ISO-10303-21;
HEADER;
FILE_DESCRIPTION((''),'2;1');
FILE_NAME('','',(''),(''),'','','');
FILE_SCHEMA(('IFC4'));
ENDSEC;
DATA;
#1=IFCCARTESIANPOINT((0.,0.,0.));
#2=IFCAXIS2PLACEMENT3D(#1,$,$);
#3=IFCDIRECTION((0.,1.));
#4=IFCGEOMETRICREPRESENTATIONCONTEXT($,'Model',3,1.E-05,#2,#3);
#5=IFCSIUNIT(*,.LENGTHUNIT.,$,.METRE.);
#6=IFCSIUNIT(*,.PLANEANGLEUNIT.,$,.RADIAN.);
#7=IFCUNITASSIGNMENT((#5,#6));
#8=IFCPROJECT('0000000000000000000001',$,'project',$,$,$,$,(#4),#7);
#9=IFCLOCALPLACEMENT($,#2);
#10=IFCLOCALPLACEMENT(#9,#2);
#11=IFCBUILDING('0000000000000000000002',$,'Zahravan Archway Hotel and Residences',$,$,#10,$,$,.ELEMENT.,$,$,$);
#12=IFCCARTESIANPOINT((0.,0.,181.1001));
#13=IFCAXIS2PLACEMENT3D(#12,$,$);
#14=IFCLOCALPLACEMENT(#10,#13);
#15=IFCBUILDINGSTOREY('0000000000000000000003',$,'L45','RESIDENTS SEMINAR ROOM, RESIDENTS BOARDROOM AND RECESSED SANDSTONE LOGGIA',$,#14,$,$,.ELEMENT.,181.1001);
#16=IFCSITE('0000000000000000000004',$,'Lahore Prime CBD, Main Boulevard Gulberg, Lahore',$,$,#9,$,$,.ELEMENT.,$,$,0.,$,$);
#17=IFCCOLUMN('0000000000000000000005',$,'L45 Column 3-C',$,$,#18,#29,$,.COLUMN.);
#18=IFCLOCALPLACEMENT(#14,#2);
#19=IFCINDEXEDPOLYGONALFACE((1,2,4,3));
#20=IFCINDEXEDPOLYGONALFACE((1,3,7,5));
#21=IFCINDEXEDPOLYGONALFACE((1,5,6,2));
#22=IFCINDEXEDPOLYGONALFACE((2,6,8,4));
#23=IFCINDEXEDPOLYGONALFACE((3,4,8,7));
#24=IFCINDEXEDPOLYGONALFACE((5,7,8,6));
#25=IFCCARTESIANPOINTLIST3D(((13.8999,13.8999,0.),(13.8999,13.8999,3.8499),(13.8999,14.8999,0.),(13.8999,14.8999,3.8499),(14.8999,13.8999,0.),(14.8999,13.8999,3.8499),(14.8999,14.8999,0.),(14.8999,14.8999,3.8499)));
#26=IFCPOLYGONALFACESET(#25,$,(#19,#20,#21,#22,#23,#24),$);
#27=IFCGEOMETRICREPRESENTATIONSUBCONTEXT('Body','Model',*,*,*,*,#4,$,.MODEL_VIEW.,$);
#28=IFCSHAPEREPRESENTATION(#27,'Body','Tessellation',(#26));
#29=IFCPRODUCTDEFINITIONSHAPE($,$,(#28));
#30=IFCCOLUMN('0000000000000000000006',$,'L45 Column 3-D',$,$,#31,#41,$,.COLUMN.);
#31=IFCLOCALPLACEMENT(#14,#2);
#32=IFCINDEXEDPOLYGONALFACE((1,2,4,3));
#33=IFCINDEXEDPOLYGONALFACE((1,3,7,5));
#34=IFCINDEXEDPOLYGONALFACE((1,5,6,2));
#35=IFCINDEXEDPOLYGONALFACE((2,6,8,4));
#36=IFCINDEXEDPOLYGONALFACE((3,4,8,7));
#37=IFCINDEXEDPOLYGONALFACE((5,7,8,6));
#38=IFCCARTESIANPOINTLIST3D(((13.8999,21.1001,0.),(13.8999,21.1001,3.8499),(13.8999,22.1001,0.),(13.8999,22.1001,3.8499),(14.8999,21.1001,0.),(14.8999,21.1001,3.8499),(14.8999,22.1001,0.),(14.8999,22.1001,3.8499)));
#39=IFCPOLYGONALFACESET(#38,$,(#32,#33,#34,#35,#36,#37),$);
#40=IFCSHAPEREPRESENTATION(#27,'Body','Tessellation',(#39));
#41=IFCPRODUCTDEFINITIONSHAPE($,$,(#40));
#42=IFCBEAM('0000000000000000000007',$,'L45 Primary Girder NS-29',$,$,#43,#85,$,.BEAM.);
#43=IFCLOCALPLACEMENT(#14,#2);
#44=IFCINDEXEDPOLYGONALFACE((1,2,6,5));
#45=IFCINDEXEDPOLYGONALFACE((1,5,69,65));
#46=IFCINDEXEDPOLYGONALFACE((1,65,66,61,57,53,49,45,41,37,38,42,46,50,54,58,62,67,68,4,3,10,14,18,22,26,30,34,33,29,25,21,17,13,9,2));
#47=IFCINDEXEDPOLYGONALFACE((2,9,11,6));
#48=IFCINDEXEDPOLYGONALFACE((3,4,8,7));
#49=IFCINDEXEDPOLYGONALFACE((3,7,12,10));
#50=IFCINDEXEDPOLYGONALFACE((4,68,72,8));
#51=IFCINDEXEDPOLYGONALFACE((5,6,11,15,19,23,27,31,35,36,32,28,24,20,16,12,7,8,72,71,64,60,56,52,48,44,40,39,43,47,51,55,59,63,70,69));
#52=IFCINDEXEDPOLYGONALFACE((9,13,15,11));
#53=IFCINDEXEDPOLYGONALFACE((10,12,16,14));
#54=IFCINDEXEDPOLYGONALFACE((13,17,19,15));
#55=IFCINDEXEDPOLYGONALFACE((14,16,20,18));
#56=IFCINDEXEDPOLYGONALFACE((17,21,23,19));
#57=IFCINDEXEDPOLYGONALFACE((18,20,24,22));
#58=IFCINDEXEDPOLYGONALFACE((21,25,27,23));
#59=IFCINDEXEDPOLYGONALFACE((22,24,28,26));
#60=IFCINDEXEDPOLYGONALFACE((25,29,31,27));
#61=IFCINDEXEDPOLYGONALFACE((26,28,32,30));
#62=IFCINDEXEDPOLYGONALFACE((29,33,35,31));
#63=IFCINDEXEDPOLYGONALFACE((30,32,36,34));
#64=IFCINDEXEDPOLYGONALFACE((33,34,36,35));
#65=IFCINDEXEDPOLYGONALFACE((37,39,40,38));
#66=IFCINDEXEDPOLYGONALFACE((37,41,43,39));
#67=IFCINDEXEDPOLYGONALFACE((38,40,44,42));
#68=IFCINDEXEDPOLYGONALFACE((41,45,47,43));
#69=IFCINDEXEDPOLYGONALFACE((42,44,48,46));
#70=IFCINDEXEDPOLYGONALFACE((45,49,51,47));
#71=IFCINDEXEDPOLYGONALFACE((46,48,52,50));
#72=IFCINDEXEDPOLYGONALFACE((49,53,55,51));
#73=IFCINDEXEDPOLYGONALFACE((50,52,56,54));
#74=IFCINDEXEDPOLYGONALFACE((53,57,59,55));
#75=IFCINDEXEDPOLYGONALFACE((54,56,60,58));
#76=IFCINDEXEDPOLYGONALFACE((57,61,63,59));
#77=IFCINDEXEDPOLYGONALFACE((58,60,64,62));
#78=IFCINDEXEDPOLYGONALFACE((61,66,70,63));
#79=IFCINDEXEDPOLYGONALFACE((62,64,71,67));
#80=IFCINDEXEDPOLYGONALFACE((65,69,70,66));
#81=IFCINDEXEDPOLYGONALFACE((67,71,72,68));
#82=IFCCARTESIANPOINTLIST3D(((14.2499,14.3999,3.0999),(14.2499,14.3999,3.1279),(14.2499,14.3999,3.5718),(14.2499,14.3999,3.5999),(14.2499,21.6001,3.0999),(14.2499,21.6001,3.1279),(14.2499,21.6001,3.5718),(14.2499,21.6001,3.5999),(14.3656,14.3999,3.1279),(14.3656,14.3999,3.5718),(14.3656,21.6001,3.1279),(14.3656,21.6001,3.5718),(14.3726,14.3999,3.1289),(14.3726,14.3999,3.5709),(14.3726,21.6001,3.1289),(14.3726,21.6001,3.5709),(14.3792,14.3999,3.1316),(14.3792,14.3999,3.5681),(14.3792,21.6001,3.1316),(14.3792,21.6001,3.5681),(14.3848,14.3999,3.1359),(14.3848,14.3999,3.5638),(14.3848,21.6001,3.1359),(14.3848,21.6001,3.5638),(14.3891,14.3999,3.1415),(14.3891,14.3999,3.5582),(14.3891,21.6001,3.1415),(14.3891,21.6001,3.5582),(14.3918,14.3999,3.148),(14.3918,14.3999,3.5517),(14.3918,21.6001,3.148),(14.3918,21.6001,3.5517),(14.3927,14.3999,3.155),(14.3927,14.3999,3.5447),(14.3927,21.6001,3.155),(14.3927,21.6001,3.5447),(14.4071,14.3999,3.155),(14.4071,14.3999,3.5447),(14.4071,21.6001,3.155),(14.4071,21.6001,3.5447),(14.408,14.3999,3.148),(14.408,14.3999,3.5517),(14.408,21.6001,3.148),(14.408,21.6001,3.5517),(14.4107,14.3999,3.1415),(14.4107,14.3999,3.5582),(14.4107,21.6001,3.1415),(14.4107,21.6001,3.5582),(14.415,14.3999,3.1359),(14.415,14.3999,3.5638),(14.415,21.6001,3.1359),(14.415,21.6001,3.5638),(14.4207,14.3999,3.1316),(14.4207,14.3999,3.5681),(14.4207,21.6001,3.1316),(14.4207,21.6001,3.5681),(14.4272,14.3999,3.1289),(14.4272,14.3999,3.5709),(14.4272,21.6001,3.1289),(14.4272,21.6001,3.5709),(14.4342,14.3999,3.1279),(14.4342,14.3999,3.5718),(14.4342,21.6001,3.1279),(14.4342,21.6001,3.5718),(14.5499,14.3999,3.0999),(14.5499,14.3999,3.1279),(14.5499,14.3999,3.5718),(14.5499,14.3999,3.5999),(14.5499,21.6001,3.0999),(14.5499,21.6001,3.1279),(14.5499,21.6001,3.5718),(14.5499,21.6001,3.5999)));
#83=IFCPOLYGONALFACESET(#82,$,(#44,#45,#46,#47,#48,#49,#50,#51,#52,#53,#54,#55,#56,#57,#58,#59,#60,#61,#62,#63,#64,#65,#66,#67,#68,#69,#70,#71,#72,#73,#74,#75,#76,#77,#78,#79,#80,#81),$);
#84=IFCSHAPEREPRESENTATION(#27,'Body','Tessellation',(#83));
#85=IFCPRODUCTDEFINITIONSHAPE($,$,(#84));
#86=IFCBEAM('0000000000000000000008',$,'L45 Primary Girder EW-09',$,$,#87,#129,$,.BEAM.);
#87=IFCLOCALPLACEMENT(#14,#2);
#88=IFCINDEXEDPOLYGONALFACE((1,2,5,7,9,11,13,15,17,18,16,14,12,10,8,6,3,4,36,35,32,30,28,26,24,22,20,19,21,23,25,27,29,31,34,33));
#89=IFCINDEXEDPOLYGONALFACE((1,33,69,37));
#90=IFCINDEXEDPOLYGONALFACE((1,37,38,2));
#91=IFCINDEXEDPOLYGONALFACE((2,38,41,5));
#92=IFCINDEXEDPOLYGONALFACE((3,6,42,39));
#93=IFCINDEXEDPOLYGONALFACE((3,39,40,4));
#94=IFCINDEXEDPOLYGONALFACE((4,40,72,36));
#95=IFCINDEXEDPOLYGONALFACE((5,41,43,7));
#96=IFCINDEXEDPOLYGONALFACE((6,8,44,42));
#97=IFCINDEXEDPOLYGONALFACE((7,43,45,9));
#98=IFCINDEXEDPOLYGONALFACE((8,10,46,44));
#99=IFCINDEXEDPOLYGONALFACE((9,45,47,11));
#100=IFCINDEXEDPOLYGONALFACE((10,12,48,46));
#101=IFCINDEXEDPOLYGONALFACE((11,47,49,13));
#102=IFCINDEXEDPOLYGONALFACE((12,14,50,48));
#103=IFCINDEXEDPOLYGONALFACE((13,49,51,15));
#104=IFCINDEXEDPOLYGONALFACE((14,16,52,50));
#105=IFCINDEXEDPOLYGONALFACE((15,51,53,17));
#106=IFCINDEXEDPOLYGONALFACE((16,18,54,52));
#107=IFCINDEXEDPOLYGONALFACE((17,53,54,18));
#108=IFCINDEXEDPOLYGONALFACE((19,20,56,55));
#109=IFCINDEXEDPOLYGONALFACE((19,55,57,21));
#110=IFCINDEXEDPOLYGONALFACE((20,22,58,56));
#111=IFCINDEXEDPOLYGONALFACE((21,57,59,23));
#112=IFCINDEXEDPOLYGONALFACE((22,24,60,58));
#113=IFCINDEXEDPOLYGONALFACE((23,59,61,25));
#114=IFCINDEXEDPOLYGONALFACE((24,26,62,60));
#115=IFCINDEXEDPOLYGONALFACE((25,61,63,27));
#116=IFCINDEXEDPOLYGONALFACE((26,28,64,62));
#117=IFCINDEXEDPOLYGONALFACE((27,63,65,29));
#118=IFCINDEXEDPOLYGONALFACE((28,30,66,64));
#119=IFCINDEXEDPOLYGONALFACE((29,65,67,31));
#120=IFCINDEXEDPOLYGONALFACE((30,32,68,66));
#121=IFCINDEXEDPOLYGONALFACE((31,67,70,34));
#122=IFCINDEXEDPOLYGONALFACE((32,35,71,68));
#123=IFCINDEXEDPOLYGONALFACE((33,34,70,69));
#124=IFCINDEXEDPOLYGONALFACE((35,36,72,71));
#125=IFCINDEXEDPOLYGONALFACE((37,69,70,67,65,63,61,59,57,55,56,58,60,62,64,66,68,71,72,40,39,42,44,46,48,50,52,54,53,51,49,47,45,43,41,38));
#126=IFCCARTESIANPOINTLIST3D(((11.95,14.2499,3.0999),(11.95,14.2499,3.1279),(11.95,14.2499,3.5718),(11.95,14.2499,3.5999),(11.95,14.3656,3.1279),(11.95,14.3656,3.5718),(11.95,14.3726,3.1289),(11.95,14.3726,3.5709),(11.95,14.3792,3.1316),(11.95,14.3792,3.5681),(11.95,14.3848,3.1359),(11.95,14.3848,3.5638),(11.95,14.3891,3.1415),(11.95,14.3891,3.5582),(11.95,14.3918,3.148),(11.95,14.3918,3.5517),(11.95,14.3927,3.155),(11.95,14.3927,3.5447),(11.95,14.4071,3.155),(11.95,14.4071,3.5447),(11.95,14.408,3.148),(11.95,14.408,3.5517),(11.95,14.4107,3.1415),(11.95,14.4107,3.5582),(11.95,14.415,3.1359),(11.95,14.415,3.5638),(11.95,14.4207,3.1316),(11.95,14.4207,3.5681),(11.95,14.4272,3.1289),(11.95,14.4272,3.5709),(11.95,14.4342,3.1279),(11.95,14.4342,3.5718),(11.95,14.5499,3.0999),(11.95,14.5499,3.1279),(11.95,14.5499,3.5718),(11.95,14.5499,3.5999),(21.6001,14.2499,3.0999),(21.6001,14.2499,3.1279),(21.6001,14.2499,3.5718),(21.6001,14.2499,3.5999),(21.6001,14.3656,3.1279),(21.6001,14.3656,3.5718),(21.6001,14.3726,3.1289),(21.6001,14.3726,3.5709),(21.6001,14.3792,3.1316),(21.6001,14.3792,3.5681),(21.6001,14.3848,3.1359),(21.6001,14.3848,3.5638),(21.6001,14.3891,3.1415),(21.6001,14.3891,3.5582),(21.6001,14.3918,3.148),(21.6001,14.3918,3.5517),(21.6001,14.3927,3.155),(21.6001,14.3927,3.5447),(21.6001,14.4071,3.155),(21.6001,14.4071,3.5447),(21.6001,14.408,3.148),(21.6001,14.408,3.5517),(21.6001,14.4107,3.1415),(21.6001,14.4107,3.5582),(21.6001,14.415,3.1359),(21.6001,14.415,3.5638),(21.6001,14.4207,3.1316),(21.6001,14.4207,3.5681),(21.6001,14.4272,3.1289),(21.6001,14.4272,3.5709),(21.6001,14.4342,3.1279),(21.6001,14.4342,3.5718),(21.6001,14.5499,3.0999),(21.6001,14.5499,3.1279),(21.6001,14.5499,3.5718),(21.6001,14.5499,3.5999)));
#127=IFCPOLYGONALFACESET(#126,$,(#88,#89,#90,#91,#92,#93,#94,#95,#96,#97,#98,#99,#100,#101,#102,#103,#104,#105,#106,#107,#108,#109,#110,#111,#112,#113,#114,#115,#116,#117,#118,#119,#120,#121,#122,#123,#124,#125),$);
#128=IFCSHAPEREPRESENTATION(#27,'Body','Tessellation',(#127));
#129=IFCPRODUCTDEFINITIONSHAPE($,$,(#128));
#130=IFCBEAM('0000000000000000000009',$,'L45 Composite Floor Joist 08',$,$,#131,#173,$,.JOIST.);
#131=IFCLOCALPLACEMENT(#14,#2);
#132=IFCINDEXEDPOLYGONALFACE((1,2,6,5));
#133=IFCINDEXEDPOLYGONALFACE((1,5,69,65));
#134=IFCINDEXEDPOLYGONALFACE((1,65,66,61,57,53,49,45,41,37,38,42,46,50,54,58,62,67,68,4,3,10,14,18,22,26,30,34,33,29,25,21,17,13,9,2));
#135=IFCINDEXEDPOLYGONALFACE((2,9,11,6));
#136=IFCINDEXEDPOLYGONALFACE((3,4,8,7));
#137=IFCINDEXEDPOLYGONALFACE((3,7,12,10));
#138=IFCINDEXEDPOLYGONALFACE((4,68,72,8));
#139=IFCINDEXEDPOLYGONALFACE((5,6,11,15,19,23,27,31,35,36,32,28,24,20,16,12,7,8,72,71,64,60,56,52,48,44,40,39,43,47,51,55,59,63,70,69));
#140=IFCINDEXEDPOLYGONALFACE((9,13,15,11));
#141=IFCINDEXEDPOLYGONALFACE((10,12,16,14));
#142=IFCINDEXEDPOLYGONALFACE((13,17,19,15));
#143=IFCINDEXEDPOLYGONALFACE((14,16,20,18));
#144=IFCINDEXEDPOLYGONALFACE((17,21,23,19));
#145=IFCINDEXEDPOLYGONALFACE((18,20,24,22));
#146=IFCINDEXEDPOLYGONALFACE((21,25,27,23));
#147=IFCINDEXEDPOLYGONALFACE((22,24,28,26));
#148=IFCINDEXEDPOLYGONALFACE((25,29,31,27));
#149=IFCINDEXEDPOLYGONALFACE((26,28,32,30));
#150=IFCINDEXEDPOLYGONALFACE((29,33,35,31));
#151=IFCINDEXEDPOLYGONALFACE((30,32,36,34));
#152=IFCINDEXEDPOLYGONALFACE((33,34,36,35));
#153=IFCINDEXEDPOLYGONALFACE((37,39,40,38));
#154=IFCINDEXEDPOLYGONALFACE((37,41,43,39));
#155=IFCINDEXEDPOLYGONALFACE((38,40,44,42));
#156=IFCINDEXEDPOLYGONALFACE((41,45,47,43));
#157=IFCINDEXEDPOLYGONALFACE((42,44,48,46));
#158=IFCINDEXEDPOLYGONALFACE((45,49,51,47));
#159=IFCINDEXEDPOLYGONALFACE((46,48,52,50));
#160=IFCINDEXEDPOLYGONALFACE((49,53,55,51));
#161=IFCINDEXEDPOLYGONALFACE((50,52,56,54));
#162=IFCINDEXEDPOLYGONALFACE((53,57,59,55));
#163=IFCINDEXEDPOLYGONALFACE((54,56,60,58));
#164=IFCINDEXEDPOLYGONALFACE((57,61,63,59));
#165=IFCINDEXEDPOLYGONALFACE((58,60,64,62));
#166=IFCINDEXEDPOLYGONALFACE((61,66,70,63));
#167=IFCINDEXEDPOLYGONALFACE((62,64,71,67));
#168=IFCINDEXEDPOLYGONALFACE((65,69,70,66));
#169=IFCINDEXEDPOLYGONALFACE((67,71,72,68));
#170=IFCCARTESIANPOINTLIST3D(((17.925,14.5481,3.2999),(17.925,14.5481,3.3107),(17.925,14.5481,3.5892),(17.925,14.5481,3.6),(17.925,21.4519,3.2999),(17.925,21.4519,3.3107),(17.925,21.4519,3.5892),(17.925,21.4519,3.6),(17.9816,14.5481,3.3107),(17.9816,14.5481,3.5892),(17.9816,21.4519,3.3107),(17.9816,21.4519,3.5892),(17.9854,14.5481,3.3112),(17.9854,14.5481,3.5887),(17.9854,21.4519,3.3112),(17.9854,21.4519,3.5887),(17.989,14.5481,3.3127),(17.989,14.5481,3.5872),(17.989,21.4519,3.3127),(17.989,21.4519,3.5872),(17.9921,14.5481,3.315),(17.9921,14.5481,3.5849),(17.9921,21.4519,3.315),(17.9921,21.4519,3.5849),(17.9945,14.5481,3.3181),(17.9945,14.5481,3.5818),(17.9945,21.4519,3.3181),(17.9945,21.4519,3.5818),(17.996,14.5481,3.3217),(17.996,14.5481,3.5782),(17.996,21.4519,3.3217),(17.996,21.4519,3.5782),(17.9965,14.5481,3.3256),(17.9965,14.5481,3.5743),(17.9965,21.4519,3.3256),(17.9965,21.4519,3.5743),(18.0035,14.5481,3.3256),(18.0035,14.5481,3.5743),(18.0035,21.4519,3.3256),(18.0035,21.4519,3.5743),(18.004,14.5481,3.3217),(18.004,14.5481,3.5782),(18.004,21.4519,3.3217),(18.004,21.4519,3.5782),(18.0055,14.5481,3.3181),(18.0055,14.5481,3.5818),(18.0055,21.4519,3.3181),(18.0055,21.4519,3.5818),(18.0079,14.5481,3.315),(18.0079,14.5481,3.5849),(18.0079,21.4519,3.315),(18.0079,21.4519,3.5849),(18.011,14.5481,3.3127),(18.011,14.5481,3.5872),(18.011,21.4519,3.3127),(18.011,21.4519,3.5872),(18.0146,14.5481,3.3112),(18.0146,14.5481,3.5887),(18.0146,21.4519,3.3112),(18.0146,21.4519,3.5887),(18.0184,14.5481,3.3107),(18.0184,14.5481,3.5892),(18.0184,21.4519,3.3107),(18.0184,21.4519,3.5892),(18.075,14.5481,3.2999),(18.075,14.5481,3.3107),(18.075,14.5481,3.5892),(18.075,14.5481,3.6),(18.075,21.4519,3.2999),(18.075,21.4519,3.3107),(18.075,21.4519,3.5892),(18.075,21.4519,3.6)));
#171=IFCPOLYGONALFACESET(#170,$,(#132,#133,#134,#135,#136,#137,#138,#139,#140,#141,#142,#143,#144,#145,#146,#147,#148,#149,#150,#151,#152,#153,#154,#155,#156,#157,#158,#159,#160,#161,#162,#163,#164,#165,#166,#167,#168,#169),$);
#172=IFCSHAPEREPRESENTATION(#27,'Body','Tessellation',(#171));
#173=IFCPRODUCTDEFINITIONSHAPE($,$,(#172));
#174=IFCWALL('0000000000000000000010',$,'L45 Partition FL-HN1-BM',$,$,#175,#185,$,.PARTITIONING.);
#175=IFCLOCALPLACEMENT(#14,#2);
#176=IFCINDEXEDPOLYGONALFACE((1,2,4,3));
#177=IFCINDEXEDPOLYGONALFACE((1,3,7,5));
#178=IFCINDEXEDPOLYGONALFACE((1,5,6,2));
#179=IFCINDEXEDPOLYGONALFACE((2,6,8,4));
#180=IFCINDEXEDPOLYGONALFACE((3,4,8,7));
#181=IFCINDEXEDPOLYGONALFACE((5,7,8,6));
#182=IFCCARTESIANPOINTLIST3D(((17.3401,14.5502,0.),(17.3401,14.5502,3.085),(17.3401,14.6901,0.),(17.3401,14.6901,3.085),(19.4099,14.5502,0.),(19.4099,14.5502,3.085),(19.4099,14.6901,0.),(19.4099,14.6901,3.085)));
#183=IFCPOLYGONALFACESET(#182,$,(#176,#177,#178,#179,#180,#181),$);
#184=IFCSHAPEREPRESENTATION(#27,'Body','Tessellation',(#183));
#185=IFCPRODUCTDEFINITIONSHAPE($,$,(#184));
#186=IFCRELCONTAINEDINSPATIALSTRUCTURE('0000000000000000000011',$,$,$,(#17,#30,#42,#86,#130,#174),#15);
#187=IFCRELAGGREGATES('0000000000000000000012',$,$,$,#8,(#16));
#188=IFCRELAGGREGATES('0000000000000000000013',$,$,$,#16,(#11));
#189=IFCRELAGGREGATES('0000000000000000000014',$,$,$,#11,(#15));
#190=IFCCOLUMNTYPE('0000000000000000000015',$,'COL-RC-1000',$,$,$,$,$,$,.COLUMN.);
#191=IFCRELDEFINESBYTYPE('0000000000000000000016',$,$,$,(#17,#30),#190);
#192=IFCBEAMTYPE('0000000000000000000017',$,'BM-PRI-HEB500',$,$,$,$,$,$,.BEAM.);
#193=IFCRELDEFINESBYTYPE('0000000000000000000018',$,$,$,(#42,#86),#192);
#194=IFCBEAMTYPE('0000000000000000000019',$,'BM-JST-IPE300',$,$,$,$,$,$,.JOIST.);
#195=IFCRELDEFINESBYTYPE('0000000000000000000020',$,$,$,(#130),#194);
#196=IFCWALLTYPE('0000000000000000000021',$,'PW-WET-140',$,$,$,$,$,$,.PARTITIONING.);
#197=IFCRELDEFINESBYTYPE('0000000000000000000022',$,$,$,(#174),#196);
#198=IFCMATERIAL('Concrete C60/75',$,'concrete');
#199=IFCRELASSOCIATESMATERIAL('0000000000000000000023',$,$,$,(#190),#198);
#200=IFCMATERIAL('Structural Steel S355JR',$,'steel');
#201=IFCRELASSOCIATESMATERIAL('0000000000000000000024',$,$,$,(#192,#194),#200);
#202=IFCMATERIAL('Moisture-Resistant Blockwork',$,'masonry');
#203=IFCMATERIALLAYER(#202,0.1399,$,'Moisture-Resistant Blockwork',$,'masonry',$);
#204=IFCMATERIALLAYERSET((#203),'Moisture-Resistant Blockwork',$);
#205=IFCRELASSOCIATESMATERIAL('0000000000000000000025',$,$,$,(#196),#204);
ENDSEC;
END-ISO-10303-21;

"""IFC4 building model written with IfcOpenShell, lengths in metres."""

from ifc_helpers import new_model, si_unit, direction, frame, frame_2d, origin, origin_2d, place, context, subcontext, project, spatial, rectangle, i_section, extrude, source, transform, mapped, material, layer, layer_set, material_profile, profile_set, type_object, type_shapes, element, save


model = new_model("IFC4")

# Units and contexts
model_context = context("Model", 3, precision=1e-05, world=origin(), true_north=direction((0.0, 1.0)))
body_context = subcontext(model_context, "Body", "Model", "MODEL_VIEW")
ifc_project = project(units=[si_unit("LENGTHUNIT", "METRE"), si_unit("PLANEANGLEUNIT", "RADIAN")], contexts=[model_context])

# Site, building, storey
site_placement = place(None, origin())
site = spatial("IfcSite", under=ifc_project, at=site_placement, Name="Lahore Prime CBD, Main Boulevard Gulberg, Lahore", CompositionType="ELEMENT", RefElevation=0.0)
building_placement = place(site_placement, origin())
building = spatial("IfcBuilding", under=site, at=building_placement, Name="Zahravan Archway Hotel and Residences", CompositionType="ELEMENT")
storey_placement = place(building_placement, frame((0.0, 0.0, 181.1001)))
storey = spatial("IfcBuildingStorey", under=building, at=storey_placement, Name="L45", Description="RESIDENTS SEMINAR ROOM, RESIDENTS BOARDROOM AND RECESSED SANDSTONE LOGGIA", CompositionType="ELEMENT", Elevation=181.1001)

# Columns
ifc_material_1 = material(Name="Concrete C60/75", Category="concrete")
ifc_material_profile_1 = material_profile(ifc_material_1, rectangle(XDim=1.0, YDim=1.0, at=origin_2d()), Name="RC-COL-1000x1000", Category="concrete")
ifc_profile_set_1 = profile_set([ifc_material_profile_1], Name="Concrete C60/75")
column_type = type_object("IfcColumnType", Name="COL-RC-1000", PredefinedType="COLUMN", material=ifc_profile_set_1)
shared_shape_1 = source(origin(), body_context, "Body", "SweptSolid", [
    extrude(rectangle(XDim=1.0, YDim=1.0, at=origin_2d()), origin(), (0.0, 0.0, 1.0), 3.8499),
])
for number, where, z_axis, x_axis, name in (
    (1, (14.3999, 14.3999, 0.0), (0.0, 0.0, 1.0), (1.0, 0.0, 0.0), "L45 Column 3-C"),
    (2, (14.3999, 21.6001, 0.0), (0.0, 0.0, 1.0), (1.0, 0.0, 0.0), "L45 Column 3-D"),
):
    element("IfcColumn", number, at=place(storey_placement, frame(where, z_axis=z_axis, x_axis=x_axis)), inside=storey, type_object=column_type, Name=name, PredefinedType="COLUMN", context=body_context, shape_type="MappedRepresentation", body=[
        mapped(shared_shape_1, transform((0.0, 0.0, 0.0), scale=1.0)),
    ])

# Beams
ifc_material_2 = material(Name="Structural Steel S355JR", Category="steel")
ifc_material_profile_2 = material_profile(ifc_material_2, i_section(OverallWidth=0.3, OverallDepth=0.5, WebThickness=0.0144, FlangeThickness=0.0281, FilletRadius=0.0271, at=origin_2d()), Name="HEB 500", Category="steel")
ifc_profile_set_2 = profile_set([ifc_material_profile_2], Name="Structural Steel S355JR")
beam_type_1 = type_object("IfcBeamType", Name="BM-PRI-HEB500", PredefinedType="BEAM", material=ifc_profile_set_2)
shared_shape_2 = source(origin(), body_context, "Body", "SweptSolid", [
    extrude(i_section(OverallWidth=0.3, OverallDepth=0.5, WebThickness=0.0144, FlangeThickness=0.0281, FilletRadius=0.0271, at=origin_2d()), origin(), (0.0, 0.0, 1.0), 7.2002),
])
type_shapes(beam_type_1, [shared_shape_2])
beam_1_placement = place(storey_placement, frame((14.3999, 14.3999, 3.3499), z_axis=(0.0, 1.0, 0.0), x_axis=(-1.0, 0.0, 0.0)))
element("IfcBeam", 3, at=beam_1_placement, inside=storey, type_object=beam_type_1, Name="L45 Primary Girder NS-29", PredefinedType="BEAM", context=body_context, shape_type="MappedRepresentation", body=[
    mapped(shared_shape_2, transform((0.0, 0.0, 0.0), scale=1.0)),
])
shared_shape_3 = source(origin(), body_context, "Body", "SweptSolid", [
    extrude(i_section(OverallWidth=0.3, OverallDepth=0.5, WebThickness=0.0144, FlangeThickness=0.0281, FilletRadius=0.0271, at=origin_2d()), origin(), (0.0, 0.0, 1.0), 9.6501),
])
beam_2_placement = place(storey_placement, frame((11.95, 14.3999, 3.3499), z_axis=(1.0, 0.0, 0.0), x_axis=(0.0, 1.0, 0.0)))
element("IfcBeam", 4, at=beam_2_placement, inside=storey, type_object=beam_type_1, Name="L45 Primary Girder EW-09", PredefinedType="BEAM", context=body_context, shape_type="MappedRepresentation", body=[
    mapped(shared_shape_3, transform((0.0, 0.0, 0.0), scale=1.0)),
])
ifc_material_profile_3 = material_profile(ifc_material_2, i_section(OverallWidth=0.1499, OverallDepth=0.3, WebThickness=0.0071, FlangeThickness=0.0107, FilletRadius=0.0149, at=origin_2d()), Name="IPE 300", Category="steel")
ifc_profile_set_3 = profile_set([ifc_material_profile_3], Name="Structural Steel S355JR")
beam_type_2 = type_object("IfcBeamType", Name="BM-JST-IPE300", PredefinedType="JOIST", material=ifc_profile_set_3)
shared_shape_4 = source(origin(), body_context, "Body", "SweptSolid", [
    extrude(i_section(OverallWidth=0.1499, OverallDepth=0.3, WebThickness=0.0071, FlangeThickness=0.0107, FilletRadius=0.0149, at=origin_2d()), origin(), (0.0, 0.0, 1.0), 6.9038),
])
beam_3_placement = place(storey_placement, frame((18.0, 14.5481, 3.45), z_axis=(0.0, 1.0, 0.0), x_axis=(-1.0, 0.0, 0.0)))
element("IfcBeam", 5, at=beam_3_placement, inside=storey, type_object=beam_type_2, Name="L45 Composite Floor Joist 08", PredefinedType="JOIST", context=body_context, shape_type="MappedRepresentation", body=[
    mapped(shared_shape_4, transform((0.0, 0.0, 0.0), scale=1.0)),
])

# Wall
ifc_material_3 = material(Name="Moisture-Resistant Blockwork", Category="masonry")
ifc_layer = layer(ifc_material_3, 0.1399, Name="Moisture-Resistant Blockwork", Category="masonry")
ifc_layer_set = layer_set([ifc_layer], Name="Moisture-Resistant Blockwork")
wall_type = type_object("IfcWallType", Name="PW-WET-140", PredefinedType="PARTITIONING", material=ifc_layer_set)
wall_1_placement = place(storey_placement, frame((17.3401, 14.6201, 0.0), z_axis=(0.0, 0.0, 1.0), x_axis=(1.0, 0.0, 0.0)))
element("IfcWall", 6, at=wall_1_placement, inside=storey, type_object=wall_type, Name="L45 Partition FL-HN1-BM", PredefinedType="PARTITIONING", context=body_context, shape_type="SweptSolid", body=[
    extrude(rectangle(XDim=2.0698, YDim=0.1399, at=frame_2d((1.0349, 0.0))), origin(), (0.0, 0.0, 1.0), 3.085),
])

save(model, "model.ifc")
